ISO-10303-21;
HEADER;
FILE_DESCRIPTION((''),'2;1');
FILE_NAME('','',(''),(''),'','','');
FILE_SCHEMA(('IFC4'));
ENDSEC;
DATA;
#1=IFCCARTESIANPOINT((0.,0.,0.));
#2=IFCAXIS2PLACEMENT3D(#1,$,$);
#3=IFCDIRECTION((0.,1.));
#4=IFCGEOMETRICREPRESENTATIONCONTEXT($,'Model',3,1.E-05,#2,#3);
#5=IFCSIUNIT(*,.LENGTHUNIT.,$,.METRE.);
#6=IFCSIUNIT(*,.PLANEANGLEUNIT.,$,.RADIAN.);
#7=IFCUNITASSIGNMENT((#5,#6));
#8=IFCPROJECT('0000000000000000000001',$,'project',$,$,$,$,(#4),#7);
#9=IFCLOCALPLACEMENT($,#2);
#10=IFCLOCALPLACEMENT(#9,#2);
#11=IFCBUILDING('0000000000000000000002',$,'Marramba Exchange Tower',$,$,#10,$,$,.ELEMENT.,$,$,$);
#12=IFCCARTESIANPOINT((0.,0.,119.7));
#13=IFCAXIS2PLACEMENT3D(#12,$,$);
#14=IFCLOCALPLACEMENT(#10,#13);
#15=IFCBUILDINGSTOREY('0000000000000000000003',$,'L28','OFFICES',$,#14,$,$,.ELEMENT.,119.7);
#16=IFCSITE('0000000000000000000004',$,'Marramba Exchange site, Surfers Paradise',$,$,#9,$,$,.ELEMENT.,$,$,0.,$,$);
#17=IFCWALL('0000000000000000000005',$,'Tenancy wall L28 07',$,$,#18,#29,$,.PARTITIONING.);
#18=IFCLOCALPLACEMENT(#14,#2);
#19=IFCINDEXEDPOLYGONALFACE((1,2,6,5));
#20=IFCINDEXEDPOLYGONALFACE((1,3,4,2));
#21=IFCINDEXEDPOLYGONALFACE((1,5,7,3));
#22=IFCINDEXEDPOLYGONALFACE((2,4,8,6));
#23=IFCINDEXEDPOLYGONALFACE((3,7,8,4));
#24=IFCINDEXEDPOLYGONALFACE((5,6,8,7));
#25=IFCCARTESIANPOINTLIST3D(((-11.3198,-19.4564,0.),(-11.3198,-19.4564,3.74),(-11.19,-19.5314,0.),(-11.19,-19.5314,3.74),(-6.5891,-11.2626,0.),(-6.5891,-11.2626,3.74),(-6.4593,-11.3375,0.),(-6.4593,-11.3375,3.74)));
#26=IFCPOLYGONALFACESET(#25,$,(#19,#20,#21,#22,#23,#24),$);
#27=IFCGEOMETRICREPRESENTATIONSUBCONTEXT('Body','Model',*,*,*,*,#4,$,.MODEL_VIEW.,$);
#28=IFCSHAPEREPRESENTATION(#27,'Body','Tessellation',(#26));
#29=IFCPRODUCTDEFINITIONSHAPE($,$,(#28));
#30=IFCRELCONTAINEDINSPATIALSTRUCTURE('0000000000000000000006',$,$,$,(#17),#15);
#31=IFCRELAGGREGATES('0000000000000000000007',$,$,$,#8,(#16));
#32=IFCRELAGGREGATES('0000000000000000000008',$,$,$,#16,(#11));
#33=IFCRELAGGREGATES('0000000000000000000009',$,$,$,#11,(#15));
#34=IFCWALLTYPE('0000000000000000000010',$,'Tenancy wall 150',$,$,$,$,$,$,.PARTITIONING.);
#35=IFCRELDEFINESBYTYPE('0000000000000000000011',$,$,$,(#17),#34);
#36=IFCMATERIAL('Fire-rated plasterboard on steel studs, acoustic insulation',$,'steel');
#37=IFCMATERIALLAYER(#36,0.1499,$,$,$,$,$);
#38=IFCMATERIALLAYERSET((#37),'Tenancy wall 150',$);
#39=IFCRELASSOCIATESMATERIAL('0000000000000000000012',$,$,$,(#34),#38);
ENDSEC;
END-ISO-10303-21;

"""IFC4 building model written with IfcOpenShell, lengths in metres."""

from ifc_helpers import new_model, si_unit, direction, frame, frame_2d, origin, place, context, subcontext, project, spatial, rectangle, extrude, material, layer, layer_set, type_object, element, save


model = new_model("IFC4")

# Units and contexts
model_context = context("Model", 3, precision=1e-05, world=origin(), true_north=direction((0.0, 1.0)))
body_context = subcontext(model_context, "Body", "Model", "MODEL_VIEW")
ifc_project = project(units=[si_unit("LENGTHUNIT", "METRE"), si_unit("PLANEANGLEUNIT", "RADIAN")], contexts=[model_context])

# Site, building, storey
site_placement = place(None, origin())
site = spatial("IfcSite", under=ifc_project, at=site_placement, Name="Marramba Exchange site, Surfers Paradise", CompositionType="ELEMENT", RefElevation=0.0)
building_placement = place(site_placement, origin())
building = spatial("IfcBuilding", under=site, at=building_placement, Name="Marramba Exchange Tower", CompositionType="ELEMENT")
storey_placement = place(building_placement, frame((0.0, 0.0, 119.7)))
storey = spatial("IfcBuildingStorey", under=building, at=storey_placement, Name="L28", Description="OFFICES", CompositionType="ELEMENT", Elevation=119.7)

# Wall
ifc_material_1 = material(Name="Fire-rated plasterboard on steel studs, acoustic insulation", Category="steel")
ifc_layer_1 = layer(ifc_material_1, 0.1499)
ifc_layer_set_1 = layer_set([ifc_layer_1], Name="Tenancy wall 150")
wall_type_1 = type_object("IfcWallType", Name="Tenancy wall 150", PredefinedType="PARTITIONING", material=ifc_layer_set_1)
wall_1_placement = place(storey_placement, frame((-6.5242, -11.3, 0.0), z_axis=(0.0, 0.0, 1.0), x_axis=(-0.499999, -0.866026, 0.0)))
element("IfcWall", 1, at=wall_1_placement, inside=storey, type_object=wall_type_1, Name="Tenancy wall L28 07", PredefinedType="PARTITIONING", context=body_context, shape_type="SweptSolid", body=[
    extrude(rectangle(XDim=9.4614, YDim=0.1499, at=frame_2d((4.7307, 0.0))), origin(), (0.0, 0.0, 1.0), 3.74),
])

save(model, "model.ifc")
